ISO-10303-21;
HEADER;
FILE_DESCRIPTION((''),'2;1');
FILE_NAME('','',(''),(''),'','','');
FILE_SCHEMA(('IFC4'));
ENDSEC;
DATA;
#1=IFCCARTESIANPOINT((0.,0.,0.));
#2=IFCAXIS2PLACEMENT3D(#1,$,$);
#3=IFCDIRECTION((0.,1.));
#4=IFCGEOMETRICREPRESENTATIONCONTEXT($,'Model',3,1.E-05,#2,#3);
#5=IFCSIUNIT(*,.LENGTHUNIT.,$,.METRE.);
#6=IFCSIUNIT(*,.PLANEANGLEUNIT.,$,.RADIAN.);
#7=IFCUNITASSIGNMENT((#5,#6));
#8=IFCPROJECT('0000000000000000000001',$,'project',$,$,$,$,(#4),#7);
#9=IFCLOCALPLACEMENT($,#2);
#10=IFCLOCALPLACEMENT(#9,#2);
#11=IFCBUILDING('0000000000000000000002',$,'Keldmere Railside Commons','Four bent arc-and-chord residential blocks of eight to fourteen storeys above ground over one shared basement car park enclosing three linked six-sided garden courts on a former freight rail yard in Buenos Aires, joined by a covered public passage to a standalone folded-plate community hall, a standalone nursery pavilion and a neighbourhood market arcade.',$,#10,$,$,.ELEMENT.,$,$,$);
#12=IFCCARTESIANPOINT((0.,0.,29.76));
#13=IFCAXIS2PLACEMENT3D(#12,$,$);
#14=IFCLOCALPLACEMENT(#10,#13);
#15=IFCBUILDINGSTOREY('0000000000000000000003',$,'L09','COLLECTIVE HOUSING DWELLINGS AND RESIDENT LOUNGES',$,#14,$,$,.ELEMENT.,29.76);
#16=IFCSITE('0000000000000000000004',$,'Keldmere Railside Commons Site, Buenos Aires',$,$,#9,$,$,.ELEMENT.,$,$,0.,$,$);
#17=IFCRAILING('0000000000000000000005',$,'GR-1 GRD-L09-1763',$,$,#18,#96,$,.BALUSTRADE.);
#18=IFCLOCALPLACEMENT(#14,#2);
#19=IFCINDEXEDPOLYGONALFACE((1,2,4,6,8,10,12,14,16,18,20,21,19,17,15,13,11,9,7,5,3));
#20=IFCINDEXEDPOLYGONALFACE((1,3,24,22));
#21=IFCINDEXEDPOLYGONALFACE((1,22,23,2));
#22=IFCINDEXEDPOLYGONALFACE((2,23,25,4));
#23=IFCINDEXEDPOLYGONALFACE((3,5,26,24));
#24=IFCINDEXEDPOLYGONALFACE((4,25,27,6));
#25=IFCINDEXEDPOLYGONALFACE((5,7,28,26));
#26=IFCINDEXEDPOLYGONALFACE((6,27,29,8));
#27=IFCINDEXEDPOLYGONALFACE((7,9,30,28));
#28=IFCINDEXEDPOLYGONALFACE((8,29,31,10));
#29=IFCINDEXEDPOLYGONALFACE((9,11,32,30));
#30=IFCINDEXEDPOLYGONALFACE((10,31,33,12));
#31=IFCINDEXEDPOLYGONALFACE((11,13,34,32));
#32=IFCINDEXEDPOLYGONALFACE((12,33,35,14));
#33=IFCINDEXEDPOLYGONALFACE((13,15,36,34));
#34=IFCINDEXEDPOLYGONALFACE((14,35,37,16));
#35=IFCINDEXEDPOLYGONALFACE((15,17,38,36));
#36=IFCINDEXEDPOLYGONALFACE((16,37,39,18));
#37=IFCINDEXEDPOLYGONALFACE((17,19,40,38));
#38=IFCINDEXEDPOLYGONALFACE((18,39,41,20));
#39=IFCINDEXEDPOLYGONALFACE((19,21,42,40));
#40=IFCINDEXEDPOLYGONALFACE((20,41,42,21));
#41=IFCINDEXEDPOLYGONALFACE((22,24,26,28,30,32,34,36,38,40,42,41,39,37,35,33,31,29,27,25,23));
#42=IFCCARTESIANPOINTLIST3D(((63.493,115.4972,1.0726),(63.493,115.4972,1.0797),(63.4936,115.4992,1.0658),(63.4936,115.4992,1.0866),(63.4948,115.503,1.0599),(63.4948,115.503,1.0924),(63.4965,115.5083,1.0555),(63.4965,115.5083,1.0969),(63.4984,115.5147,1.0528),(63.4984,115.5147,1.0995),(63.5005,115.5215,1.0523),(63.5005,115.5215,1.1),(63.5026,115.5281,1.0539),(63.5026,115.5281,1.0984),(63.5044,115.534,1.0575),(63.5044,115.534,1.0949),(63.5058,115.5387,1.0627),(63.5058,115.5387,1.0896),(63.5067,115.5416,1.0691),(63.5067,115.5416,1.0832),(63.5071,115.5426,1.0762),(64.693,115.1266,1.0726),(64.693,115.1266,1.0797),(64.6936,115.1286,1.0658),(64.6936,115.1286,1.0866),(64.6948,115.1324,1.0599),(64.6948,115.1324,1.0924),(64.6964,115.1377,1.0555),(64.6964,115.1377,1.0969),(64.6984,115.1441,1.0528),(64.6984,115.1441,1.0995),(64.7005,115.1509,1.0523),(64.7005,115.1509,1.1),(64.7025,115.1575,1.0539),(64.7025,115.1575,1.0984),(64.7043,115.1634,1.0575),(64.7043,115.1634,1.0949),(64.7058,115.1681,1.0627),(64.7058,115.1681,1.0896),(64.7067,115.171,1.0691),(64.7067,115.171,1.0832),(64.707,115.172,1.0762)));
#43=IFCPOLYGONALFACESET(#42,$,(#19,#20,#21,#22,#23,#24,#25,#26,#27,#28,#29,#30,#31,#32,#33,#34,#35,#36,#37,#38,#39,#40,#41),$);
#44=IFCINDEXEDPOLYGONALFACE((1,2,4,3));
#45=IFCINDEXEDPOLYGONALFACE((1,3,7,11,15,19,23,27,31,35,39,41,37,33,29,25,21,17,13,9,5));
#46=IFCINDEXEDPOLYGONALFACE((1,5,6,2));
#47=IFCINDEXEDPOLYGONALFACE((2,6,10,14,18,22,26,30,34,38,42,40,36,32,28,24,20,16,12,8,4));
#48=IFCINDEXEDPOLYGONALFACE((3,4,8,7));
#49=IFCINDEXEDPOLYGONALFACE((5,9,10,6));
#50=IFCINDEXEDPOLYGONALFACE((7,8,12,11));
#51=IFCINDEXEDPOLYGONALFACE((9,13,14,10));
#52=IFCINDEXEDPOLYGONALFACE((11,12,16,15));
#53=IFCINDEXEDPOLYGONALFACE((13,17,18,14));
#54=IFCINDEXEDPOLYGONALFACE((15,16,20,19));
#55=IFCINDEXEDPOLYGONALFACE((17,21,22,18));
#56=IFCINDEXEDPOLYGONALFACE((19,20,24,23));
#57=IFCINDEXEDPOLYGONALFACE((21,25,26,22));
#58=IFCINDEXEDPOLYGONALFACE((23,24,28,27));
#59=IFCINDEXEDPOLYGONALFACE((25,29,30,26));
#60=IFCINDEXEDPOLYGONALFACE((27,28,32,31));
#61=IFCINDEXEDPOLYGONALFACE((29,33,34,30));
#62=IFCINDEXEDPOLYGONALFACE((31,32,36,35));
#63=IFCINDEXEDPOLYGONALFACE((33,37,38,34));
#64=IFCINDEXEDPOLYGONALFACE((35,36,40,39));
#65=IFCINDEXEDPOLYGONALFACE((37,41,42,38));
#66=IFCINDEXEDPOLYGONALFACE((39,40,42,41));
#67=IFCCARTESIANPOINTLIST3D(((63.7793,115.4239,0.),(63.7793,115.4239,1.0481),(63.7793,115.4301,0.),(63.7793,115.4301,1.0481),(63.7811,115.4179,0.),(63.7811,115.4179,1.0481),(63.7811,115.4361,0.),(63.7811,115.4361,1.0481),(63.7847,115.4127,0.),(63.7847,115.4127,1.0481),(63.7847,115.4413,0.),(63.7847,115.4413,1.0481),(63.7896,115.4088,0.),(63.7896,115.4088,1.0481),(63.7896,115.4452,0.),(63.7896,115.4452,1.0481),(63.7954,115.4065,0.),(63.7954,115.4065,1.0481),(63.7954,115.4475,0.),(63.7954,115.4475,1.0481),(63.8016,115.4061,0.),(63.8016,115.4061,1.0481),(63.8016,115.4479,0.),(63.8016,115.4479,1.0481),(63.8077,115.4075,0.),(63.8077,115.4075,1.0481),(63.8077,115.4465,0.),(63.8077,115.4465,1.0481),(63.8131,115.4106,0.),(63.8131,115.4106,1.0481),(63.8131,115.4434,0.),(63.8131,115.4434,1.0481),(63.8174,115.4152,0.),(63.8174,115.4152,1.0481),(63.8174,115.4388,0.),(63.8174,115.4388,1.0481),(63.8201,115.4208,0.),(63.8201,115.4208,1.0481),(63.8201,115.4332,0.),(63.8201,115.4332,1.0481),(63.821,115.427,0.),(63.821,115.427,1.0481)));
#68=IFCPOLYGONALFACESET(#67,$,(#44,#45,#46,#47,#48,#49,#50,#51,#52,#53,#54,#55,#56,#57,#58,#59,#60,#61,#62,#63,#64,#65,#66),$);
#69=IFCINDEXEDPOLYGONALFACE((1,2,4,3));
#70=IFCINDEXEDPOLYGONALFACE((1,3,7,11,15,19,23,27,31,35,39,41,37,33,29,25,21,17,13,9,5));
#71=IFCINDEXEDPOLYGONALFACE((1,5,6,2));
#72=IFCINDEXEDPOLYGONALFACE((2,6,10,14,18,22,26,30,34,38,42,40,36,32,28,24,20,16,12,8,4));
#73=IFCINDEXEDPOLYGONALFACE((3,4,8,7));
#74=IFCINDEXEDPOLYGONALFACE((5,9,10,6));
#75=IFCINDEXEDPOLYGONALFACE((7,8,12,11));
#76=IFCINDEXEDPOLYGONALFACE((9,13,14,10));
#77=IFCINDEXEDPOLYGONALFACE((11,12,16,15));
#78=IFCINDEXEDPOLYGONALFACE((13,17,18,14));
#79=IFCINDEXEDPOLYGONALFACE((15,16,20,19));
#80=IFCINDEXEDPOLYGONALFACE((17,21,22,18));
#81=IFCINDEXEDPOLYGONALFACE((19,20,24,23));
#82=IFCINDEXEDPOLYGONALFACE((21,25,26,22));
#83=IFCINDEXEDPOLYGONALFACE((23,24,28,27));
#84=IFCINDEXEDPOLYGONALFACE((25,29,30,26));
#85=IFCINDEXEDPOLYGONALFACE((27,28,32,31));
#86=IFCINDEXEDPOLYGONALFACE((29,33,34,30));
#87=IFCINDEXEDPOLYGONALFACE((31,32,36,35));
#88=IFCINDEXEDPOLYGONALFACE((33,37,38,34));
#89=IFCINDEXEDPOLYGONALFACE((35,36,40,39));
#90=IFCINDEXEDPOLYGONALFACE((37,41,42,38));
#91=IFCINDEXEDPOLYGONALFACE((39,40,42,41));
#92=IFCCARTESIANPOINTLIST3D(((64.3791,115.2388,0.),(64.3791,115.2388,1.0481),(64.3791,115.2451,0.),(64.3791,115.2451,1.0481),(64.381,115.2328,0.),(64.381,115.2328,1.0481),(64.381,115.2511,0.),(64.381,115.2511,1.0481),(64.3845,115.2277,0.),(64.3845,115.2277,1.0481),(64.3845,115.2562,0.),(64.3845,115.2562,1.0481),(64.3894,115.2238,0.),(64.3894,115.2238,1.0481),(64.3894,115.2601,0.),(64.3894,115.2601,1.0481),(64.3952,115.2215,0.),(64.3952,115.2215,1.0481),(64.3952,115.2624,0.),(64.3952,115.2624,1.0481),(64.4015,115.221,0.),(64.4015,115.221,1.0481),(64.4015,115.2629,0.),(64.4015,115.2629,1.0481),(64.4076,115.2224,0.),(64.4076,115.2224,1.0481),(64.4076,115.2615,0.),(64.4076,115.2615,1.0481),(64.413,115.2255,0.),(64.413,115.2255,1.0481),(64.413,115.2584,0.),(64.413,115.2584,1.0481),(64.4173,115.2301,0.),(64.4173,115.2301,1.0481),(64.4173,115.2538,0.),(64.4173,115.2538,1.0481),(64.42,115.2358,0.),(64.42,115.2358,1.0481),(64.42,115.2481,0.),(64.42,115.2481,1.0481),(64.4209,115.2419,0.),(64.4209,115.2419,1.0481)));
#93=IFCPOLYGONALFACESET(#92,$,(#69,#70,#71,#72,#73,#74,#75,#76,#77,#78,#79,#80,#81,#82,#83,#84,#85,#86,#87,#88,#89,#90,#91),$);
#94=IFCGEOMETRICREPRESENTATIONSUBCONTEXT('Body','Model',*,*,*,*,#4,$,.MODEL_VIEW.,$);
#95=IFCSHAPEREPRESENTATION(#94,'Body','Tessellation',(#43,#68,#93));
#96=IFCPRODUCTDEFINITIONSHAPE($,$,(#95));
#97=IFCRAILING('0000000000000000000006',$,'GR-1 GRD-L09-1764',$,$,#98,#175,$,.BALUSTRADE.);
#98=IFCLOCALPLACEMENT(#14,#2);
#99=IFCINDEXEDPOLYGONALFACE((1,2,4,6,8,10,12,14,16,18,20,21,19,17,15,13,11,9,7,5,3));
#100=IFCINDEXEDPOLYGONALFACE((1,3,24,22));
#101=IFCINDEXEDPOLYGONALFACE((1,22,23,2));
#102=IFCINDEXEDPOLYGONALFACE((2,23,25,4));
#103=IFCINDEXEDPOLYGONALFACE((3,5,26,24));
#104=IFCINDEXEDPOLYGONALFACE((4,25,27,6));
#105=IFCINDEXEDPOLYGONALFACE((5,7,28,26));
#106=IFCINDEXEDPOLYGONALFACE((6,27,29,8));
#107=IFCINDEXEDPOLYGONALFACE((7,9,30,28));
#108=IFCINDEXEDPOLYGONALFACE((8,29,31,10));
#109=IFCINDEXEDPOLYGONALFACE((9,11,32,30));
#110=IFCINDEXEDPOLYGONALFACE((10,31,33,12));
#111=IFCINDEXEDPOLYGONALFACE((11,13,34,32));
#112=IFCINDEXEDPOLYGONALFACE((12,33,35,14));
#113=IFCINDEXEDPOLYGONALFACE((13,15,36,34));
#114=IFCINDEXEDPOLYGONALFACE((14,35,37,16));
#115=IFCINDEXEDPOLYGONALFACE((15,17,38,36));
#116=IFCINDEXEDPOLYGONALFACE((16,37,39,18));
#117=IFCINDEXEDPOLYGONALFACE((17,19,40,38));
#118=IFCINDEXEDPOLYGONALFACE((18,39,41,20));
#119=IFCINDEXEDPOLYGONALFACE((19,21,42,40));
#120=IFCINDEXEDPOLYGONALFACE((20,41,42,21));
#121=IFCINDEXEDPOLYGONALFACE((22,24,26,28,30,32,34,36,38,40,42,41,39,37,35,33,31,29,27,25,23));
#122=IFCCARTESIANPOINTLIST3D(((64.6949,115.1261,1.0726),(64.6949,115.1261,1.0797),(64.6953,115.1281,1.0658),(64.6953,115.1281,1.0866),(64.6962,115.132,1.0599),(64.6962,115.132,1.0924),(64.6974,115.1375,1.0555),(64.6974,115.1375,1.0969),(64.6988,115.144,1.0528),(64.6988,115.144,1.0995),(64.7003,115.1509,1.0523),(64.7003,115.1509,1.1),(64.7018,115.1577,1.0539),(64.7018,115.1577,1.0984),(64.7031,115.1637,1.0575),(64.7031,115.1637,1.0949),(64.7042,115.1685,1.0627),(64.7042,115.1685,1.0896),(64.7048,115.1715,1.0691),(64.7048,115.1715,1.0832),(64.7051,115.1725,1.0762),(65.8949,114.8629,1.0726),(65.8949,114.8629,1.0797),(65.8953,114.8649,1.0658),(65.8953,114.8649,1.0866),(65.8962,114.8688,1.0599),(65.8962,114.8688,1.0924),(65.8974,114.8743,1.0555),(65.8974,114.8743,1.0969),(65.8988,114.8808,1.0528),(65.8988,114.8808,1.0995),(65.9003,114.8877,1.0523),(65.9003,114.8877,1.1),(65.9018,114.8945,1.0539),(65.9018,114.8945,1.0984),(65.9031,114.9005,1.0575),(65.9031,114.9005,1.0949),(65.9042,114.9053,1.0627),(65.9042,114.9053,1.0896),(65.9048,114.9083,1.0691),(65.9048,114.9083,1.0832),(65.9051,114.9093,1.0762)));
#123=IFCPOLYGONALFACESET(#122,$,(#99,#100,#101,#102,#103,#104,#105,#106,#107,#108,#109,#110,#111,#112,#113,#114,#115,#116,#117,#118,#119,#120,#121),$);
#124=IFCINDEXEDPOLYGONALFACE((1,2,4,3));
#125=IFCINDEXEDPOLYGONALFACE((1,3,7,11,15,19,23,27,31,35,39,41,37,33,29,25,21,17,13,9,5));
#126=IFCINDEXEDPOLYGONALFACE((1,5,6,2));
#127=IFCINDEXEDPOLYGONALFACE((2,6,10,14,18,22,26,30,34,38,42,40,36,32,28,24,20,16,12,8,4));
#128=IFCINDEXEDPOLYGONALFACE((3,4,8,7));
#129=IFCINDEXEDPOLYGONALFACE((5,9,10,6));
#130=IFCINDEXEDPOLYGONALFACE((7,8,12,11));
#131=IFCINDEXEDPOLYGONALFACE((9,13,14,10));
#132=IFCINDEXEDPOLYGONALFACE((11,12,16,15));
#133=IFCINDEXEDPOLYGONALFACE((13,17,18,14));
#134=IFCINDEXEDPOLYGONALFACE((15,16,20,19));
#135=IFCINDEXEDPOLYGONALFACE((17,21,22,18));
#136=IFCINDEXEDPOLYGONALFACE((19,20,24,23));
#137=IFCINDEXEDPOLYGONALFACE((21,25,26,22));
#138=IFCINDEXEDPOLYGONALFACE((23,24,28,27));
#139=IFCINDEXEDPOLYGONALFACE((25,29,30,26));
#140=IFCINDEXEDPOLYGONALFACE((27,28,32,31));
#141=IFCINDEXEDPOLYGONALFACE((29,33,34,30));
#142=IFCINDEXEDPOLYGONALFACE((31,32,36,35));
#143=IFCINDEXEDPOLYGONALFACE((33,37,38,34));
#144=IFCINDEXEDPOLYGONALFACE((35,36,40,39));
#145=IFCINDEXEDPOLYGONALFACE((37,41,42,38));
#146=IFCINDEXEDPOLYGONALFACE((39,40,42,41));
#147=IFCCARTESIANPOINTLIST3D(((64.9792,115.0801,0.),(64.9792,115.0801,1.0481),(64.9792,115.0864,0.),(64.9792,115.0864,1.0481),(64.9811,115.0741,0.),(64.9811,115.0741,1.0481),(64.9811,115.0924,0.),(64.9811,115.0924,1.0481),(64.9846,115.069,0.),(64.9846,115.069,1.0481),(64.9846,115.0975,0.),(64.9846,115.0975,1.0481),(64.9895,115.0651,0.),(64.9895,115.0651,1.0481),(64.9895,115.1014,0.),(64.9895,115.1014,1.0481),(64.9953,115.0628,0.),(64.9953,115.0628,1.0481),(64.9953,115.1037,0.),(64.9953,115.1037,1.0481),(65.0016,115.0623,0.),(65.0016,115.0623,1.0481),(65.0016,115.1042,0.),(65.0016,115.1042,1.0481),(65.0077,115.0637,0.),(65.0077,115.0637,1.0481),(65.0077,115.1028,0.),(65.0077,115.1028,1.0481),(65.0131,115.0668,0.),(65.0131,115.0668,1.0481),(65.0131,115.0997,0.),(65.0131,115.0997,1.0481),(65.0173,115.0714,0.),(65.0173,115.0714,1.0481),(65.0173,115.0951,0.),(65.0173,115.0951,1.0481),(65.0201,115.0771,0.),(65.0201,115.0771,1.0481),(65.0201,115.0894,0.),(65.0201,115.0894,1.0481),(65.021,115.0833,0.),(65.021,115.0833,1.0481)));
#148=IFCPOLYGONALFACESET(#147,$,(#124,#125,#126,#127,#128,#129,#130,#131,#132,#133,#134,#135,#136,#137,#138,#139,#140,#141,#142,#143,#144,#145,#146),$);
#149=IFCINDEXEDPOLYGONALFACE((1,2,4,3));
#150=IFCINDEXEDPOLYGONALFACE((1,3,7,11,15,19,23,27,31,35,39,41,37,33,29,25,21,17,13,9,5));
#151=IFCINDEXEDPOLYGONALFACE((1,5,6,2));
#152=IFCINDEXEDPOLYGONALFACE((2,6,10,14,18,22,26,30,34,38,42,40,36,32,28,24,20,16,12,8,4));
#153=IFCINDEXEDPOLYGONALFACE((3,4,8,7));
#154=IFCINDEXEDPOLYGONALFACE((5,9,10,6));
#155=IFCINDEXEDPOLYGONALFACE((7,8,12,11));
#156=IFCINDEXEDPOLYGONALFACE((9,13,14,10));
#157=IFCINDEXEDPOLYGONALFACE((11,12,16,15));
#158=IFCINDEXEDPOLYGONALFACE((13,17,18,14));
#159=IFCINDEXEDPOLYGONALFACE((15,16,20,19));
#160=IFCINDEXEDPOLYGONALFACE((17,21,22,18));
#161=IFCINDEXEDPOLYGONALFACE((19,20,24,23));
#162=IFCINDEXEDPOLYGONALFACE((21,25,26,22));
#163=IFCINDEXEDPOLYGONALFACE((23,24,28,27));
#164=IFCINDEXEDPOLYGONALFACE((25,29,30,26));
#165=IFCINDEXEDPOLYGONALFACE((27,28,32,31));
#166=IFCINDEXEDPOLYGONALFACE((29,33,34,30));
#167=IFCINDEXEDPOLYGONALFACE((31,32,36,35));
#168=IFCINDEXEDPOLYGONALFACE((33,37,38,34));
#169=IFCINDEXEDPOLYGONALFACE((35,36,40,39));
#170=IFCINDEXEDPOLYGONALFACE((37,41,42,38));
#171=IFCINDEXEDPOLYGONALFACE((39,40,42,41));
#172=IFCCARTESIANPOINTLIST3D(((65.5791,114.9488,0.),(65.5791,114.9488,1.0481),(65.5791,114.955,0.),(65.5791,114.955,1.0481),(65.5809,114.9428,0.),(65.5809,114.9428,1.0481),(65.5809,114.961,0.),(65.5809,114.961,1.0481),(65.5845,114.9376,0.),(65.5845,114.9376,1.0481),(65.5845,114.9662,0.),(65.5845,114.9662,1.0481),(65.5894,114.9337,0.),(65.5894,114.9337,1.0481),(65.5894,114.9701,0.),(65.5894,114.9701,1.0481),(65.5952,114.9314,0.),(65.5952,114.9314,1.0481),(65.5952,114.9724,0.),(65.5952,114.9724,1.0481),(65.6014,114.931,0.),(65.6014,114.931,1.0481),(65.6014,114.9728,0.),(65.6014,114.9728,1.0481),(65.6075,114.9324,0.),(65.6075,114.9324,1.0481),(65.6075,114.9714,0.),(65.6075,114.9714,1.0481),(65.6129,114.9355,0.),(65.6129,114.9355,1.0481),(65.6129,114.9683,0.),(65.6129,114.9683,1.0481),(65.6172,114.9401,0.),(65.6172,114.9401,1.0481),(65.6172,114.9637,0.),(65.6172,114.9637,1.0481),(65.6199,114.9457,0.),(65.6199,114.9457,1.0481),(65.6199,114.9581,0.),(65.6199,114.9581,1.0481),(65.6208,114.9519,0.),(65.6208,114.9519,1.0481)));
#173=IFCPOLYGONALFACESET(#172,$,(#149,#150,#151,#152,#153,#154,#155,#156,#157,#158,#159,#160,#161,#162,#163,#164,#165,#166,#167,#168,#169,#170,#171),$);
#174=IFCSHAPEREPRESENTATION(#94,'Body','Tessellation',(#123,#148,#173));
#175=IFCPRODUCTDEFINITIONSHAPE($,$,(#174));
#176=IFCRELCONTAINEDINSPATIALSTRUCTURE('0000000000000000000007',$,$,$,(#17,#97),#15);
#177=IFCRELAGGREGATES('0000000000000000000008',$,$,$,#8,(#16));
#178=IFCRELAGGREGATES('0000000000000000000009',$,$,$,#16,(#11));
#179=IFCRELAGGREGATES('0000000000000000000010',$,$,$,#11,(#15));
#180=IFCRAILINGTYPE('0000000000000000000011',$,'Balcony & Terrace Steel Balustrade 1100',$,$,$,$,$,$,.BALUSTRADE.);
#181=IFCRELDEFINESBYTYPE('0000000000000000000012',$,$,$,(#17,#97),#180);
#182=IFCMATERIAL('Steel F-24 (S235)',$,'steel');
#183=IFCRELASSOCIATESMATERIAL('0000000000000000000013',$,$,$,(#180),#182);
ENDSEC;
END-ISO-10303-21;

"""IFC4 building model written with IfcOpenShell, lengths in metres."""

from ifc_helpers import new_model, si_unit, direction, frame, origin, origin_2d, place, context, subcontext, project, spatial, circle, extrude, material, type_object, element, save


model = new_model("IFC4")

# Units and contexts
model_context = context("Model", 3, precision=1e-05, world=origin(), true_north=direction((0.0, 1.0)))
body_context = subcontext(model_context, "Body", "Model", "MODEL_VIEW")
ifc_project = project(units=[si_unit("LENGTHUNIT", "METRE"), si_unit("PLANEANGLEUNIT", "RADIAN")], contexts=[model_context])

# Site, building, storey
site_placement = place(None, origin())
site = spatial("IfcSite", under=ifc_project, at=site_placement, Name="Keldmere Railside Commons Site, Buenos Aires", CompositionType="ELEMENT", RefElevation=0.0)
building_placement = place(site_placement, origin())
building = spatial("IfcBuilding", under=site, at=building_placement, Name="Keldmere Railside Commons", Description="Four bent arc-and-chord residential blocks of eight to fourteen storeys above ground over one shared basement car park enclosing three linked six-sided garden courts on a former freight rail yard in Buenos Aires, joined by a covered public passage to a standalone folded-plate community hall, a standalone nursery pavilion and a neighbourhood market arcade.", CompositionType="ELEMENT")
storey_placement = place(building_placement, frame((0.0, 0.0, 29.76)))
storey = spatial("IfcBuildingStorey", under=building, at=storey_placement, Name="L09", Description="COLLECTIVE HOUSING DWELLINGS AND RESIDENT LOUNGES", CompositionType="ELEMENT", Elevation=29.76)

# Railings
ifc_material_1 = material(Name="Steel F-24 (S235)", Category="steel")
railing_type = type_object("IfcRailingType", Name="Balcony & Terrace Steel Balustrade 1100", PredefinedType="BALUSTRADE", material=ifc_material_1)
railing_1_placement = place(storey_placement, frame((63.5, 115.5198, 0.0)))
element("IfcRailing", 1, at=railing_1_placement, inside=storey, type_object=railing_type, Name="GR-1 GRD-L09-1763", PredefinedType="BALUSTRADE", context=body_context, shape_type="SweptSolid", body=[
    extrude(circle(Radius=0.0239, at=origin_2d()), frame((0.0, 0.0, 1.0762), z_axis=(0.955467, -0.295097, 0.0), x_axis=(0.295097, 0.955467, 0.0)), (0.0, 0.0, 1.0), 1.2559),
    extrude(circle(Radius=0.021, at=origin_2d()), frame((0.3, -0.0928, 0.0)), (0.0, 0.0, 1.0), 1.0481),
    extrude(circle(Radius=0.021, at=origin_2d()), frame((0.8999, -0.2778, 0.0)), (0.0, 0.0, 1.0), 1.0481),
])
railing_2_placement = place(storey_placement, frame((64.7, 115.1492, 0.0)))
element("IfcRailing", 2, at=railing_2_placement, inside=storey, type_object=railing_type, Name="GR-1 GRD-L09-1764", PredefinedType="BALUSTRADE", context=body_context, shape_type="SweptSolid", body=[
    extrude(circle(Radius=0.0239, at=origin_2d()), frame((0.0, 0.0, 1.0762), z_axis=(0.976782, -0.214236, 0.0), x_axis=(0.214236, 0.976782, 0.0)), (0.0, 0.0, 1.0), 1.2285),
    extrude(circle(Radius=0.021, at=origin_2d()), frame((0.3, -0.0659, 0.0)), (0.0, 0.0, 1.0), 1.0481),
    extrude(circle(Radius=0.021, at=origin_2d()), frame((0.8999, -0.1973, 0.0)), (0.0, 0.0, 1.0), 1.0481),
])

save(model, "model.ifc")
